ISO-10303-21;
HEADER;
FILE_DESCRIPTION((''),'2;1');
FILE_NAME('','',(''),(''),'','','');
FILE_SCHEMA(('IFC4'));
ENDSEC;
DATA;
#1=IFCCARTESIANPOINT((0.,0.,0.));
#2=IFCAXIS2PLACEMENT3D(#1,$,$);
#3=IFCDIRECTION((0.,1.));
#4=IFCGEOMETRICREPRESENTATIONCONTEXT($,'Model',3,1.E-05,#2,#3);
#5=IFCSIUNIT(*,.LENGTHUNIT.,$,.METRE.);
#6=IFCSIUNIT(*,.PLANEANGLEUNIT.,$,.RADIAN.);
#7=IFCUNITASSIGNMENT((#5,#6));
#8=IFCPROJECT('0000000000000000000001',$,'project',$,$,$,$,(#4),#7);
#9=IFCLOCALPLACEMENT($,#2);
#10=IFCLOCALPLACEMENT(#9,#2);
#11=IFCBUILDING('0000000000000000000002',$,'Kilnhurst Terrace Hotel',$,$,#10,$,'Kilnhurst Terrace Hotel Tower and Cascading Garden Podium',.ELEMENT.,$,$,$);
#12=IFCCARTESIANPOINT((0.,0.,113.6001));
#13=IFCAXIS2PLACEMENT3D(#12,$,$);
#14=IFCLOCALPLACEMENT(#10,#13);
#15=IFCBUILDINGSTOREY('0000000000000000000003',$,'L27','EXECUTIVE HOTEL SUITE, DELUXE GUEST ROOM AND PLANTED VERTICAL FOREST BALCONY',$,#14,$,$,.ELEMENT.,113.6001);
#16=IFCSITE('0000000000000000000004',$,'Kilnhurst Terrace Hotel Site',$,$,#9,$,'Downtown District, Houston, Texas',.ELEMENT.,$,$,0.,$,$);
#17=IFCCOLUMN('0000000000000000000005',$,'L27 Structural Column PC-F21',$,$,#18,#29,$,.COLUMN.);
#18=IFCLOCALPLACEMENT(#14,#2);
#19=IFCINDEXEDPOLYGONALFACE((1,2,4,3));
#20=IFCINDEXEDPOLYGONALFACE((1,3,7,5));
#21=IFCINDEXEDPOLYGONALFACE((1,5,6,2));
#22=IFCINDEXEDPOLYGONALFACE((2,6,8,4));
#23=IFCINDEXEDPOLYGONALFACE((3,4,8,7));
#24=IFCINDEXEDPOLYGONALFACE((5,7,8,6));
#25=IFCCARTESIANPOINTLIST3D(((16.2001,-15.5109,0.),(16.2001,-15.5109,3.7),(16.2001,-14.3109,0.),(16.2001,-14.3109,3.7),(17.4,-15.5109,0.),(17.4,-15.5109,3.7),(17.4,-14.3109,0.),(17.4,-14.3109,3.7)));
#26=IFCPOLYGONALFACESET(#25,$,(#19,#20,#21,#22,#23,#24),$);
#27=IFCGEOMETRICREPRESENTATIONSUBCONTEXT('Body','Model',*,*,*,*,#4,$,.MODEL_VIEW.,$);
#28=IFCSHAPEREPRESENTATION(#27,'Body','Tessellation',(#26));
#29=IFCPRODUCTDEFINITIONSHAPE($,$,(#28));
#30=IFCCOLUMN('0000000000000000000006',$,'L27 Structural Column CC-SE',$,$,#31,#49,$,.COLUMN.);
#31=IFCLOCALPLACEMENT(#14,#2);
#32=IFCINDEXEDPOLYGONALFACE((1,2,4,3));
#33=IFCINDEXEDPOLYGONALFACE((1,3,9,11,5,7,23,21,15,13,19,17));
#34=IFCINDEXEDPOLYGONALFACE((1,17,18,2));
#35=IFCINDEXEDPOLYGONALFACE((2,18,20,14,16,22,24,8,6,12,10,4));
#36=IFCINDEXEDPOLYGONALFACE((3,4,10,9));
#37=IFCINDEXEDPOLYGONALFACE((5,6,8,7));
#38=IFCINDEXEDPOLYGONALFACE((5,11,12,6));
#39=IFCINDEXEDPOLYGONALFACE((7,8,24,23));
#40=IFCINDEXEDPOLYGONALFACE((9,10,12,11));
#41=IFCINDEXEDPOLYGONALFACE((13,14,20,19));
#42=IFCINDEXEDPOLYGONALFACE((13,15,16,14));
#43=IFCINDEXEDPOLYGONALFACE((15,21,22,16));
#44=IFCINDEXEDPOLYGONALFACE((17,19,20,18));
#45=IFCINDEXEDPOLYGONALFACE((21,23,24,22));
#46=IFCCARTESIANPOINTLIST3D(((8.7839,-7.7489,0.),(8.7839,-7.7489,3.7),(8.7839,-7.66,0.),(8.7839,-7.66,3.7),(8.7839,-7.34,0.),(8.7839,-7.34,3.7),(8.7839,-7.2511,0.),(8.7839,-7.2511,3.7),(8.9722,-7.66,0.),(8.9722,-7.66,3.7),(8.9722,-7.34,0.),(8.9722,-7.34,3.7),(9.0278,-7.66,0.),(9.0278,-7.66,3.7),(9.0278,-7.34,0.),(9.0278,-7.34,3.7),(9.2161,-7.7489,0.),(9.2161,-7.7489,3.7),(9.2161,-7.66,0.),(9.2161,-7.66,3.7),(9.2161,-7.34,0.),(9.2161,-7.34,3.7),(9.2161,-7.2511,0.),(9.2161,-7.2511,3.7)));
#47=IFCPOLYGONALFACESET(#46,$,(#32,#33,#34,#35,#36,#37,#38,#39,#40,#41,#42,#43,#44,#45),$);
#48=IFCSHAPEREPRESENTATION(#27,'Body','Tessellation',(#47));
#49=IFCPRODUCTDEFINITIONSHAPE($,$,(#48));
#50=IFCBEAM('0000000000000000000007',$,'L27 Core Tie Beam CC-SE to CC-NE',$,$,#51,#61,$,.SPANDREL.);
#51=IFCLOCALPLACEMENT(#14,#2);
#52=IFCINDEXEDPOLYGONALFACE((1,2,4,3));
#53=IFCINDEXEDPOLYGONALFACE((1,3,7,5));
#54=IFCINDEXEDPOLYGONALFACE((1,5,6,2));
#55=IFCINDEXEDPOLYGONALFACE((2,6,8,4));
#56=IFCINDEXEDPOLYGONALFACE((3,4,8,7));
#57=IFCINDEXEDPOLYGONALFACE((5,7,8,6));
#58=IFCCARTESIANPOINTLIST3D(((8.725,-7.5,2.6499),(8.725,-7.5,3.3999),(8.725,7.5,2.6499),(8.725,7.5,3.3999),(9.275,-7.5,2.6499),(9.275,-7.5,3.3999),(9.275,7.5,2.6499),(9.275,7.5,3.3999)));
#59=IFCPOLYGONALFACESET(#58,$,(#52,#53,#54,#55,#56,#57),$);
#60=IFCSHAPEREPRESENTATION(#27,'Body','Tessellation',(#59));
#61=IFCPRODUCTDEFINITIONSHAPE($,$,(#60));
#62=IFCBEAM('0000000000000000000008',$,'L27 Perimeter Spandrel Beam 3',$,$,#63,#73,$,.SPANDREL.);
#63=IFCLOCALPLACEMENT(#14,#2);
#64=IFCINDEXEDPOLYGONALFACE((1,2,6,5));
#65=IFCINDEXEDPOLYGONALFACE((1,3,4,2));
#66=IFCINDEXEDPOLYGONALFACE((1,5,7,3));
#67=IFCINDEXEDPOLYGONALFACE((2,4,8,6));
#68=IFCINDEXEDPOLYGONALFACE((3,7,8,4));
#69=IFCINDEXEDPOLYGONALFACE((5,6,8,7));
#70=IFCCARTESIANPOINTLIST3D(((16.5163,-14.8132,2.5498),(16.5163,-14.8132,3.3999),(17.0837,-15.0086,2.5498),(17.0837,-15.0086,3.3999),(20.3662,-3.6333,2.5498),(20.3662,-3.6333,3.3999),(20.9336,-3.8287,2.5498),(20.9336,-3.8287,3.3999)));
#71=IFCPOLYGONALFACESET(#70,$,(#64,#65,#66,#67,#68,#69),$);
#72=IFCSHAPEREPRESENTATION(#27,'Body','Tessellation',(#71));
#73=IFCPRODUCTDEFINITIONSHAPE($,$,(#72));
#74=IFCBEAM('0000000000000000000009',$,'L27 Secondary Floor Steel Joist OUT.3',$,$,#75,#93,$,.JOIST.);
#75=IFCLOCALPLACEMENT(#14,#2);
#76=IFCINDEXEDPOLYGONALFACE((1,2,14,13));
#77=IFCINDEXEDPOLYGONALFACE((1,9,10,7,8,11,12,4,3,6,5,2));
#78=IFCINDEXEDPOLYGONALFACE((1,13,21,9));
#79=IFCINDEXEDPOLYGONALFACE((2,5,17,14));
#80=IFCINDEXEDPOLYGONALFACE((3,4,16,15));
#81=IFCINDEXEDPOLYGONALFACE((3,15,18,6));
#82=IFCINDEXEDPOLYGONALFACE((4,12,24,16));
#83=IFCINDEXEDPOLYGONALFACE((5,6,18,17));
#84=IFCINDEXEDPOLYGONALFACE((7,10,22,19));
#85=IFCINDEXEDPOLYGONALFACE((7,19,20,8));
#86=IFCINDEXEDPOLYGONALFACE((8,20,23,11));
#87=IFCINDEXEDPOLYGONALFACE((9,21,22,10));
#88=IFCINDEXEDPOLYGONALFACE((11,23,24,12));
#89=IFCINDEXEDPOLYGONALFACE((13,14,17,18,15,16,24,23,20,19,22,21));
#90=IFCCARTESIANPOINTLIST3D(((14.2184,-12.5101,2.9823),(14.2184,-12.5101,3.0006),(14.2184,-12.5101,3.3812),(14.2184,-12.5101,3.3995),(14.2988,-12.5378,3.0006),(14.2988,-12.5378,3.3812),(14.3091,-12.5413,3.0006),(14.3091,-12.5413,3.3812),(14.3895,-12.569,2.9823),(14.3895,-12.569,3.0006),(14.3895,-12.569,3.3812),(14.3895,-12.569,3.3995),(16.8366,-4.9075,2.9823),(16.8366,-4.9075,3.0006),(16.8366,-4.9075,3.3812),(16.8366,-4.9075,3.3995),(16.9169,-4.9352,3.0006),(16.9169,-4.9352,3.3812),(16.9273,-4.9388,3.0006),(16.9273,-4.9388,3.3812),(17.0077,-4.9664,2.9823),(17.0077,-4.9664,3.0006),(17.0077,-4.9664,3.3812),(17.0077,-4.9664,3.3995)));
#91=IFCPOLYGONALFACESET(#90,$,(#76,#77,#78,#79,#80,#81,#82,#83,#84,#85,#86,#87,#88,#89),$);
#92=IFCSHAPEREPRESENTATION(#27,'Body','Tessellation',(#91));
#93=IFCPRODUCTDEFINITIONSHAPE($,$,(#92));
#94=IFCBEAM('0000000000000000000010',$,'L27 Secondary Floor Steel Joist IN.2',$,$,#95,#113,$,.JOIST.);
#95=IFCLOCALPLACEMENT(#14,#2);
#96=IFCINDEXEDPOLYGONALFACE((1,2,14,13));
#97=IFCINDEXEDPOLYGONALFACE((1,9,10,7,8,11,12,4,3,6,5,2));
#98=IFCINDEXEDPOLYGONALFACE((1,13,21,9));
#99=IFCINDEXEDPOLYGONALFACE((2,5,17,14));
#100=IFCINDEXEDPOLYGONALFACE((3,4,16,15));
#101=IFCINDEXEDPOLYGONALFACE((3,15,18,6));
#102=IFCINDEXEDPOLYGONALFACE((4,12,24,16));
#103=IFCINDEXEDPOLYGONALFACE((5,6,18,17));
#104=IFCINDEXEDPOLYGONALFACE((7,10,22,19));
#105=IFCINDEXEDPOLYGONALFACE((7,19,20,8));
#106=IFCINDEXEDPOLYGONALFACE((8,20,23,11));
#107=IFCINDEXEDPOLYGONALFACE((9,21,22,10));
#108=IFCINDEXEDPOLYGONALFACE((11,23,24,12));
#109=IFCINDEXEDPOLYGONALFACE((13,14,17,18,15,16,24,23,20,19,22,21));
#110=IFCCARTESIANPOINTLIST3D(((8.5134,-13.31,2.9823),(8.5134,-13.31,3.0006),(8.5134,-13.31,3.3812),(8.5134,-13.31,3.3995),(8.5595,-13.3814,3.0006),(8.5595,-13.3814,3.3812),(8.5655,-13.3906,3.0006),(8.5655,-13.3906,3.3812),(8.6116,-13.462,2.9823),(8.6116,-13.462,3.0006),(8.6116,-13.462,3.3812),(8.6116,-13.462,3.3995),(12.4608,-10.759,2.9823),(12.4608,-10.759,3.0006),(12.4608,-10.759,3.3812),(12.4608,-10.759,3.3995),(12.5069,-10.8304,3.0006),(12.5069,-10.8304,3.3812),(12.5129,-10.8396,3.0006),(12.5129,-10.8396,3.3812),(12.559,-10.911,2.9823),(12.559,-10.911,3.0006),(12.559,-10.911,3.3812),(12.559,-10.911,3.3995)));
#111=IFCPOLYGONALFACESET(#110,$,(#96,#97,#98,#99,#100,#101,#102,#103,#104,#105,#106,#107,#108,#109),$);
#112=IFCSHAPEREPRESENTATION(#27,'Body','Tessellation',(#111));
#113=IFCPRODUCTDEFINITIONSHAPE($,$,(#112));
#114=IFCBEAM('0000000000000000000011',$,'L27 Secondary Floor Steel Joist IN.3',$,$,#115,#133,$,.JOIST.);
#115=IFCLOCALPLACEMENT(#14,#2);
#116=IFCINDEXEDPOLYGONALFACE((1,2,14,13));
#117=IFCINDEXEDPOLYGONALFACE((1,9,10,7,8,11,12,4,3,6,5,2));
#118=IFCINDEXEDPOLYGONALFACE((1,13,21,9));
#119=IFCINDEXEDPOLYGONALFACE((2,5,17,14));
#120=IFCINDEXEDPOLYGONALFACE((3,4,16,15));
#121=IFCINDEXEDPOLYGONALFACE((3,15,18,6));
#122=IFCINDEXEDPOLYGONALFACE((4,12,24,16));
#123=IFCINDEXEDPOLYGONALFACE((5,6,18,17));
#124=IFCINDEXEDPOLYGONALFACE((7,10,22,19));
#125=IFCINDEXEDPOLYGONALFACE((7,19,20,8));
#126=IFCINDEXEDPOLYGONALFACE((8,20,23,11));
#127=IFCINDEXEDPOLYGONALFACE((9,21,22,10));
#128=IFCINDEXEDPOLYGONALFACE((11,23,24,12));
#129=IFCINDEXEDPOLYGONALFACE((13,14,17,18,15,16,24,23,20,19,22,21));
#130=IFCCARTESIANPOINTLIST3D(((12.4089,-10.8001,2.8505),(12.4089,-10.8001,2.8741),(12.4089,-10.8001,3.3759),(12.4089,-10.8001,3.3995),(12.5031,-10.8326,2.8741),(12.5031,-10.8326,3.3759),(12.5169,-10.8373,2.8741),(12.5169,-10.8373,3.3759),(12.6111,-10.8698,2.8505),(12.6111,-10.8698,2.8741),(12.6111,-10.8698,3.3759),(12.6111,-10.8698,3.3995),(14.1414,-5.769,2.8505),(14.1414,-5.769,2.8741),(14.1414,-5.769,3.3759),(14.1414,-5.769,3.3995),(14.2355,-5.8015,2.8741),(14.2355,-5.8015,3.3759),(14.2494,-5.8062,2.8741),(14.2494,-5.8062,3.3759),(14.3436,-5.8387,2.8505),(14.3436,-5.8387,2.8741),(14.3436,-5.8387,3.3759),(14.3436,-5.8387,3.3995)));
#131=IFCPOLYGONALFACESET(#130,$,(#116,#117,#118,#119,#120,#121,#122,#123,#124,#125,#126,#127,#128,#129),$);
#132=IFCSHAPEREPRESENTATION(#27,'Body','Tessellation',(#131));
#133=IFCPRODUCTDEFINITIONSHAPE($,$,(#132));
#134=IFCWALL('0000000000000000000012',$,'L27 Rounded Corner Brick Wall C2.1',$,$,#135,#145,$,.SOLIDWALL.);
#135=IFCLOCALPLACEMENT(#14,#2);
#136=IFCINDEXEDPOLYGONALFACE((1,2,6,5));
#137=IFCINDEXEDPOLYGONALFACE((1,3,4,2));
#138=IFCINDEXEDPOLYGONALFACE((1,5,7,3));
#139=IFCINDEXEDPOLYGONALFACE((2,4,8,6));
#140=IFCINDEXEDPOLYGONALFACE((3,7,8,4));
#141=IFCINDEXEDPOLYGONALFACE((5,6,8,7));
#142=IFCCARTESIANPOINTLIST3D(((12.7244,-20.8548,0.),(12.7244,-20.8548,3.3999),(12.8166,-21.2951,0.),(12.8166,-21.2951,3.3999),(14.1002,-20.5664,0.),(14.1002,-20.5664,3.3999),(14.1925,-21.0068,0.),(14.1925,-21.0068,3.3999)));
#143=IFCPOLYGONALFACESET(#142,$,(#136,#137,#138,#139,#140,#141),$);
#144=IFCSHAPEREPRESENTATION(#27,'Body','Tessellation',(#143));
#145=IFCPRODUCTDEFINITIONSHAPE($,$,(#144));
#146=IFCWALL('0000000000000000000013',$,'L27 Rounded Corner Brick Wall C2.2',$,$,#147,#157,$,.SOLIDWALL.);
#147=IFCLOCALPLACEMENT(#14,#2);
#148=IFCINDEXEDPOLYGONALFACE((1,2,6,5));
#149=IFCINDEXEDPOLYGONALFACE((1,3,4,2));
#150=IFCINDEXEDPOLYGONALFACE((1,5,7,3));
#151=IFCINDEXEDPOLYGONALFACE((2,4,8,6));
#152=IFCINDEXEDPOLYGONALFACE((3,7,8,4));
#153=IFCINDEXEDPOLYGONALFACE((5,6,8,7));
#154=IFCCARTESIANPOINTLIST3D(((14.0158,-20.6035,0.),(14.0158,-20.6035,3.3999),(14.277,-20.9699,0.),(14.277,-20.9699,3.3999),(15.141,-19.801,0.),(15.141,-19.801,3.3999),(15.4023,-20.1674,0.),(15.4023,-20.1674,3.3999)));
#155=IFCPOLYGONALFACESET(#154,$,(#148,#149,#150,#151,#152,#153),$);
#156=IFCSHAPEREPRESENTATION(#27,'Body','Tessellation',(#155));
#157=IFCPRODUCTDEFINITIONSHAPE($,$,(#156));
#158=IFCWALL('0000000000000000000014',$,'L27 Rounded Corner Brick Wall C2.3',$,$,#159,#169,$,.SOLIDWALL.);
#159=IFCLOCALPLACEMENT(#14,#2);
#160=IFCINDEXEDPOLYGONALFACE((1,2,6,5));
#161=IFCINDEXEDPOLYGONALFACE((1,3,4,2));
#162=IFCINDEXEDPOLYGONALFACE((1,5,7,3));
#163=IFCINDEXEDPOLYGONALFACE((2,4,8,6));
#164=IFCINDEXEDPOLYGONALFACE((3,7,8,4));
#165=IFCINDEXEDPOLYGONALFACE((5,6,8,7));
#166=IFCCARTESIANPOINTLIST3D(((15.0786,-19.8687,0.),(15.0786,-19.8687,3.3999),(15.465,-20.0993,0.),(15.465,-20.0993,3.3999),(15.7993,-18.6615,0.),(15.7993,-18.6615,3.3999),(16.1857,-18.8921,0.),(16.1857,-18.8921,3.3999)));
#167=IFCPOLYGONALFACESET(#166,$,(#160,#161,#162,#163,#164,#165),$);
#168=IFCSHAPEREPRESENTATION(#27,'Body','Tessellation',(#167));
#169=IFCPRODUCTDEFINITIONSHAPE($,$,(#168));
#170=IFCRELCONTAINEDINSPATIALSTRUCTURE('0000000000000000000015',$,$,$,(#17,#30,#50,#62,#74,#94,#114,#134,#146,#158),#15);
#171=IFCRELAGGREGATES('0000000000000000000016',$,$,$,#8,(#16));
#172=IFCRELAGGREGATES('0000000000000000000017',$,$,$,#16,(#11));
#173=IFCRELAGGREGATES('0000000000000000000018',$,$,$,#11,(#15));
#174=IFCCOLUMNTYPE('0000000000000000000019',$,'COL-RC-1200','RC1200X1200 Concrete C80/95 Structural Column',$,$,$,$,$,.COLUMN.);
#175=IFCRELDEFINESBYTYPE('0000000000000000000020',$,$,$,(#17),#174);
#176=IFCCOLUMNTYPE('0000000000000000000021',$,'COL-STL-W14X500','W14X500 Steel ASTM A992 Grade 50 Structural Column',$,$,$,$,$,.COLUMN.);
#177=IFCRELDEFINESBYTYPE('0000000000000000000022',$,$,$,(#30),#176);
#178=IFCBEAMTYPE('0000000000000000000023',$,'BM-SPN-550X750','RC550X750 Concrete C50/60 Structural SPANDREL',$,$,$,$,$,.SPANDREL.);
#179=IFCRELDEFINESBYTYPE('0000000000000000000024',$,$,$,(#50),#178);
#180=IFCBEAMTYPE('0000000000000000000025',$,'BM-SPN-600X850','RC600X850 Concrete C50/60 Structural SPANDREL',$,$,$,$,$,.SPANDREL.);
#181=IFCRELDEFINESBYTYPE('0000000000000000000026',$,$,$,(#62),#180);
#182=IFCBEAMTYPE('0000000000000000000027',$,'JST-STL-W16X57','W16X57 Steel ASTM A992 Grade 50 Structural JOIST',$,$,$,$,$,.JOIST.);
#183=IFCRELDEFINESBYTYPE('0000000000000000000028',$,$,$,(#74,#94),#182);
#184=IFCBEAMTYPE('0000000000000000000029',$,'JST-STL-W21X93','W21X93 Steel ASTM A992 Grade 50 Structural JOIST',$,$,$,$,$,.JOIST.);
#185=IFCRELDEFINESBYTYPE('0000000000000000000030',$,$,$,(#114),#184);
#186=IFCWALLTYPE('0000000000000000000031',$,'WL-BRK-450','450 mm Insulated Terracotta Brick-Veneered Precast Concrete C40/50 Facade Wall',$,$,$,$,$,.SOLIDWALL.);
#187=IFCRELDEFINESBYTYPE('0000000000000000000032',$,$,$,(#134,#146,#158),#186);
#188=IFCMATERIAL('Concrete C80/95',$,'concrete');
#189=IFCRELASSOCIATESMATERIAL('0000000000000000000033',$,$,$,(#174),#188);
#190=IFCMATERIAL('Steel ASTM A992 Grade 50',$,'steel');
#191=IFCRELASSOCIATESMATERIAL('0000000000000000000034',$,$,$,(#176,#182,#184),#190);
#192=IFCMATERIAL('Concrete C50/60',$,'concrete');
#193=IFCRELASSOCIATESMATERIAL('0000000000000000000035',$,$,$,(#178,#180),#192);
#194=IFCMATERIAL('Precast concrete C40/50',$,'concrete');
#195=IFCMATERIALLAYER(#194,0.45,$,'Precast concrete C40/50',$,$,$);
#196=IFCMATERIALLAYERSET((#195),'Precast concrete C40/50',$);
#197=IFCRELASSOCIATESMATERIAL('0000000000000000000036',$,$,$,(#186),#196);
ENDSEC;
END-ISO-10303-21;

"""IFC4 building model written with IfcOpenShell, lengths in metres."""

from ifc_helpers import new_model, si_unit, direction, frame, frame_2d, origin, origin_2d, place, context, subcontext, project, spatial, rectangle, i_section, extrude, material, layer, layer_set, material_profile, profile_set, type_object, element, save


model = new_model("IFC4")

# Units and contexts
model_context = context("Model", 3, precision=1e-05, world=origin(), true_north=direction((0.0, 1.0)))
body_context = subcontext(model_context, "Body", "Model", "MODEL_VIEW")
ifc_project = project(units=[si_unit("LENGTHUNIT", "METRE"), si_unit("PLANEANGLEUNIT", "RADIAN")], contexts=[model_context])

# Site, building, storey
site_placement = place(None, origin())
site = spatial("IfcSite", under=ifc_project, at=site_placement, Name="Kilnhurst Terrace Hotel Site", LongName="Downtown District, Houston, Texas", CompositionType="ELEMENT", RefElevation=0.0)
building_placement = place(site_placement, origin())
building = spatial("IfcBuilding", under=site, at=building_placement, Name="Kilnhurst Terrace Hotel", LongName="Kilnhurst Terrace Hotel Tower and Cascading Garden Podium", CompositionType="ELEMENT")
storey_placement = place(building_placement, frame((0.0, 0.0, 113.6001)))
storey = spatial("IfcBuildingStorey", under=building, at=storey_placement, Name="L27", Description="EXECUTIVE HOTEL SUITE, DELUXE GUEST ROOM AND PLANTED VERTICAL FOREST BALCONY", CompositionType="ELEMENT", Elevation=113.6001)

# Columns
ifc_material_1 = material(Name="Concrete C80/95", Category="concrete")
ifc_material_profile_1 = material_profile(ifc_material_1, rectangle(XDim=1.2, YDim=1.2, at=origin_2d()), Name="RC1200X1200")
ifc_profile_set_1 = profile_set([ifc_material_profile_1], Name="Concrete C80/95")
column_type_1 = type_object("IfcColumnType", Name="COL-RC-1200", Description="RC1200X1200 Concrete C80/95 Structural Column", PredefinedType="COLUMN", material=ifc_profile_set_1)
column_1_placement = place(storey_placement, frame((16.8, -14.9109, 0.0), z_axis=(0.0, 0.0, 1.0), x_axis=(1.0, 0.0, 0.0)))
element("IfcColumn", 1, at=column_1_placement, inside=storey, type_object=column_type_1, Name="L27 Structural Column PC-F21", PredefinedType="COLUMN", context=body_context, shape_type="SweptSolid", body=[
    extrude(rectangle(XDim=1.2, YDim=1.2, at=origin_2d()), origin(), (0.0, 0.0, 1.0), 3.7),
])
ifc_material_2 = material(Name="Steel ASTM A992 Grade 50", Category="steel")
ifc_material_profile_2 = material_profile(ifc_material_2, i_section(OverallWidth=0.4321, OverallDepth=0.4978, WebThickness=0.0557, FlangeThickness=0.0889, at=origin_2d()), Name="W14X500")
ifc_profile_set_2 = profile_set([ifc_material_profile_2], Name="Steel ASTM A992 Grade 50")
column_type_2 = type_object("IfcColumnType", Name="COL-STL-W14X500", Description="W14X500 Steel ASTM A992 Grade 50 Structural Column", PredefinedType="COLUMN", material=ifc_profile_set_2)
column_2_placement = place(storey_placement, frame((9.0, -7.5, 0.0), z_axis=(0.0, 0.0, 1.0), x_axis=(1.0, 0.0, 0.0)))
element("IfcColumn", 2, at=column_2_placement, inside=storey, type_object=column_type_2, Name="L27 Structural Column CC-SE", PredefinedType="COLUMN", context=body_context, shape_type="SweptSolid", body=[
    extrude(i_section(OverallWidth=0.4321, OverallDepth=0.4978, WebThickness=0.0557, FlangeThickness=0.0889, at=origin_2d()), origin(), (0.0, 0.0, 1.0), 3.7),
])

# Beams
ifc_material_3 = material(Name="Concrete C50/60", Category="concrete")
ifc_material_profile_3 = material_profile(ifc_material_3, rectangle(XDim=0.55, YDim=0.75, at=origin_2d()), Name="RC550X750")
ifc_profile_set_3 = profile_set([ifc_material_profile_3], Name="Concrete C50/60")
beam_type_1 = type_object("IfcBeamType", Name="BM-SPN-550X750", Description="RC550X750 Concrete C50/60 Structural SPANDREL", PredefinedType="SPANDREL", material=ifc_profile_set_3)
beam_1_placement = place(storey_placement, frame((9.0, -7.5, 3.0249), z_axis=(0.0, 1.0, 0.0), x_axis=(-1.0, 0.0, 0.0)))
element("IfcBeam", 3, at=beam_1_placement, inside=storey, type_object=beam_type_1, Name="L27 Core Tie Beam CC-SE to CC-NE", PredefinedType="SPANDREL", context=body_context, shape_type="SweptSolid", body=[
    extrude(rectangle(XDim=0.55, YDim=0.75, at=origin_2d()), origin(), (0.0, 0.0, 1.0), 15.0),
])
ifc_material_profile_4 = material_profile(ifc_material_3, rectangle(XDim=0.6001, YDim=0.8501, at=origin_2d()), Name="RC600X850")
ifc_profile_set_4 = profile_set([ifc_material_profile_4], Name="Concrete C50/60")
beam_type_2 = type_object("IfcBeamType", Name="BM-SPN-600X850", Description="RC600X850 Concrete C50/60 Structural SPANDREL", PredefinedType="SPANDREL", material=ifc_profile_set_4)
beam_2_placement = place(storey_placement, frame((16.8, -14.9109, 2.9749), z_axis=(0.32559, 0.945511, 0.0), x_axis=(-0.945511, 0.32559, 0.0)))
element("IfcBeam", 4, at=beam_2_placement, inside=storey, type_object=beam_type_2, Name="L27 Perimeter Spandrel Beam 3", PredefinedType="SPANDREL", context=body_context, shape_type="SweptSolid", body=[
    extrude(rectangle(XDim=0.6001, YDim=0.8501, at=origin_2d()), origin(), (0.0, 0.0, 1.0), 11.8242),
])
ifc_material_profile_5 = material_profile(ifc_material_2, i_section(OverallWidth=0.1809, OverallDepth=0.4172, WebThickness=0.011, FlangeThickness=0.0183, at=origin_2d()), Name="W16X57")
ifc_profile_set_5 = profile_set([ifc_material_profile_5], Name="Steel ASTM A992 Grade 50")
beam_type_3 = type_object("IfcBeamType", Name="JST-STL-W16X57", Description="W16X57 Steel ASTM A992 Grade 50 Structural JOIST", PredefinedType="JOIST", material=ifc_profile_set_5)
beam_3_placement = place(storey_placement, frame((14.304, -12.5396, 3.1909), z_axis=(0.325613, 0.945503, 0.0), x_axis=(-0.945503, 0.325613, 0.0)))
element("IfcBeam", 5, at=beam_3_placement, inside=storey, type_object=beam_type_3, Name="L27 Secondary Floor Steel Joist OUT.3", PredefinedType="JOIST", context=body_context, shape_type="SweptSolid", body=[
    extrude(i_section(OverallWidth=0.1809, OverallDepth=0.4172, WebThickness=0.011, FlangeThickness=0.0183, at=origin_2d()), origin(), (0.0, 0.0, 1.0), 8.0408),
])
beam_4_placement = place(storey_placement, frame((8.5625, -13.386, 3.1909), z_axis=(0.839885, 0.542764, 0.0), x_axis=(-0.542764, 0.839885, 0.0)))
element("IfcBeam", 6, at=beam_4_placement, inside=storey, type_object=beam_type_3, Name="L27 Secondary Floor Steel Joist IN.2", PredefinedType="JOIST", context=body_context, shape_type="SweptSolid", body=[
    extrude(i_section(OverallWidth=0.1809, OverallDepth=0.4172, WebThickness=0.011, FlangeThickness=0.0183, at=origin_2d()), origin(), (0.0, 0.0, 1.0), 4.7),
])
ifc_material_profile_6 = material_profile(ifc_material_2, i_section(OverallWidth=0.2139, OverallDepth=0.5491, WebThickness=0.0146, FlangeThickness=0.0237, at=origin_2d()), Name="W21X93")
ifc_profile_set_6 = profile_set([ifc_material_profile_6], Name="Steel ASTM A992 Grade 50")
beam_type_4 = type_object("IfcBeamType", Name="JST-STL-W21X93", Description="W21X93 Steel ASTM A992 Grade 50 Structural JOIST", PredefinedType="JOIST", material=ifc_profile_set_6)
beam_5_placement = place(storey_placement, frame((12.51, -10.835, 3.125), z_axis=(0.325586, 0.945512, 0.0), x_axis=(-0.945512, 0.325586, 0.0)))
element("IfcBeam", 7, at=beam_5_placement, inside=storey, type_object=beam_type_4, Name="L27 Secondary Floor Steel Joist IN.3", PredefinedType="JOIST", context=body_context, shape_type="SweptSolid", body=[
    extrude(i_section(OverallWidth=0.2139, OverallDepth=0.5491, WebThickness=0.0146, FlangeThickness=0.0237, at=origin_2d()), origin(), (0.0, 0.0, 1.0), 5.321),
])

# Walls
ifc_material_4 = material(Name="Precast concrete C40/50", Category="concrete")
ifc_layer_1 = layer(ifc_material_4, 0.45, Name="Precast concrete C40/50")
ifc_layer_set_1 = layer_set([ifc_layer_1], Name="Precast concrete C40/50")
wall_type_1 = type_object("IfcWallType", Name="WL-BRK-450", Description="450 mm Insulated Terracotta Brick-Veneered Precast Concrete C40/50 Facade Wall", PredefinedType="SOLIDWALL", material=ifc_layer_set_1)
wall_1_placement = place(storey_placement, frame((12.7705, -21.075, 0.0), z_axis=(0.0, 0.0, 1.0), x_axis=(0.978743, 0.205091, 0.0)))
element("IfcWall", 8, at=wall_1_placement, inside=storey, type_object=wall_type_1, Name="L27 Rounded Corner Brick Wall C2.1", PredefinedType="SOLIDWALL", context=body_context, shape_type="SweptSolid", body=[
    extrude(rectangle(XDim=1.4058, YDim=0.45, at=frame_2d((0.7029, 0.0))), origin(), (0.0, 0.0, 1.0), 3.3999),
])
wall_2_placement = place(storey_placement, frame((14.1465, -20.7866, 0.0), z_axis=(0.0, 0.0, 1.0), x_axis=(0.814163, 0.580636, 0.0)))
element("IfcWall", 9, at=wall_2_placement, inside=storey, type_object=wall_type_1, Name="L27 Rounded Corner Brick Wall C2.2", PredefinedType="SOLIDWALL", context=body_context, shape_type="SweptSolid", body=[
    extrude(rectangle(XDim=1.3821, YDim=0.45, at=frame_2d((0.6909, 0.0))), origin(), (0.0, 0.0, 1.0), 3.3999),
])
wall_3_placement = place(storey_placement, frame((15.2717, -19.9841, 0.0), z_axis=(0.0, 0.0, 1.0), x_axis=(0.512579, 0.85864, 0.0)))
element("IfcWall", 10, at=wall_3_placement, inside=storey, type_object=wall_type_1, Name="L27 Rounded Corner Brick Wall C2.3", PredefinedType="SOLIDWALL", context=body_context, shape_type="SweptSolid", body=[
    extrude(rectangle(XDim=1.406, YDim=0.45, at=frame_2d((0.7031, 0.0))), origin(), (0.0, 0.0, 1.0), 3.3999),
])

save(model, "model.ifc")
